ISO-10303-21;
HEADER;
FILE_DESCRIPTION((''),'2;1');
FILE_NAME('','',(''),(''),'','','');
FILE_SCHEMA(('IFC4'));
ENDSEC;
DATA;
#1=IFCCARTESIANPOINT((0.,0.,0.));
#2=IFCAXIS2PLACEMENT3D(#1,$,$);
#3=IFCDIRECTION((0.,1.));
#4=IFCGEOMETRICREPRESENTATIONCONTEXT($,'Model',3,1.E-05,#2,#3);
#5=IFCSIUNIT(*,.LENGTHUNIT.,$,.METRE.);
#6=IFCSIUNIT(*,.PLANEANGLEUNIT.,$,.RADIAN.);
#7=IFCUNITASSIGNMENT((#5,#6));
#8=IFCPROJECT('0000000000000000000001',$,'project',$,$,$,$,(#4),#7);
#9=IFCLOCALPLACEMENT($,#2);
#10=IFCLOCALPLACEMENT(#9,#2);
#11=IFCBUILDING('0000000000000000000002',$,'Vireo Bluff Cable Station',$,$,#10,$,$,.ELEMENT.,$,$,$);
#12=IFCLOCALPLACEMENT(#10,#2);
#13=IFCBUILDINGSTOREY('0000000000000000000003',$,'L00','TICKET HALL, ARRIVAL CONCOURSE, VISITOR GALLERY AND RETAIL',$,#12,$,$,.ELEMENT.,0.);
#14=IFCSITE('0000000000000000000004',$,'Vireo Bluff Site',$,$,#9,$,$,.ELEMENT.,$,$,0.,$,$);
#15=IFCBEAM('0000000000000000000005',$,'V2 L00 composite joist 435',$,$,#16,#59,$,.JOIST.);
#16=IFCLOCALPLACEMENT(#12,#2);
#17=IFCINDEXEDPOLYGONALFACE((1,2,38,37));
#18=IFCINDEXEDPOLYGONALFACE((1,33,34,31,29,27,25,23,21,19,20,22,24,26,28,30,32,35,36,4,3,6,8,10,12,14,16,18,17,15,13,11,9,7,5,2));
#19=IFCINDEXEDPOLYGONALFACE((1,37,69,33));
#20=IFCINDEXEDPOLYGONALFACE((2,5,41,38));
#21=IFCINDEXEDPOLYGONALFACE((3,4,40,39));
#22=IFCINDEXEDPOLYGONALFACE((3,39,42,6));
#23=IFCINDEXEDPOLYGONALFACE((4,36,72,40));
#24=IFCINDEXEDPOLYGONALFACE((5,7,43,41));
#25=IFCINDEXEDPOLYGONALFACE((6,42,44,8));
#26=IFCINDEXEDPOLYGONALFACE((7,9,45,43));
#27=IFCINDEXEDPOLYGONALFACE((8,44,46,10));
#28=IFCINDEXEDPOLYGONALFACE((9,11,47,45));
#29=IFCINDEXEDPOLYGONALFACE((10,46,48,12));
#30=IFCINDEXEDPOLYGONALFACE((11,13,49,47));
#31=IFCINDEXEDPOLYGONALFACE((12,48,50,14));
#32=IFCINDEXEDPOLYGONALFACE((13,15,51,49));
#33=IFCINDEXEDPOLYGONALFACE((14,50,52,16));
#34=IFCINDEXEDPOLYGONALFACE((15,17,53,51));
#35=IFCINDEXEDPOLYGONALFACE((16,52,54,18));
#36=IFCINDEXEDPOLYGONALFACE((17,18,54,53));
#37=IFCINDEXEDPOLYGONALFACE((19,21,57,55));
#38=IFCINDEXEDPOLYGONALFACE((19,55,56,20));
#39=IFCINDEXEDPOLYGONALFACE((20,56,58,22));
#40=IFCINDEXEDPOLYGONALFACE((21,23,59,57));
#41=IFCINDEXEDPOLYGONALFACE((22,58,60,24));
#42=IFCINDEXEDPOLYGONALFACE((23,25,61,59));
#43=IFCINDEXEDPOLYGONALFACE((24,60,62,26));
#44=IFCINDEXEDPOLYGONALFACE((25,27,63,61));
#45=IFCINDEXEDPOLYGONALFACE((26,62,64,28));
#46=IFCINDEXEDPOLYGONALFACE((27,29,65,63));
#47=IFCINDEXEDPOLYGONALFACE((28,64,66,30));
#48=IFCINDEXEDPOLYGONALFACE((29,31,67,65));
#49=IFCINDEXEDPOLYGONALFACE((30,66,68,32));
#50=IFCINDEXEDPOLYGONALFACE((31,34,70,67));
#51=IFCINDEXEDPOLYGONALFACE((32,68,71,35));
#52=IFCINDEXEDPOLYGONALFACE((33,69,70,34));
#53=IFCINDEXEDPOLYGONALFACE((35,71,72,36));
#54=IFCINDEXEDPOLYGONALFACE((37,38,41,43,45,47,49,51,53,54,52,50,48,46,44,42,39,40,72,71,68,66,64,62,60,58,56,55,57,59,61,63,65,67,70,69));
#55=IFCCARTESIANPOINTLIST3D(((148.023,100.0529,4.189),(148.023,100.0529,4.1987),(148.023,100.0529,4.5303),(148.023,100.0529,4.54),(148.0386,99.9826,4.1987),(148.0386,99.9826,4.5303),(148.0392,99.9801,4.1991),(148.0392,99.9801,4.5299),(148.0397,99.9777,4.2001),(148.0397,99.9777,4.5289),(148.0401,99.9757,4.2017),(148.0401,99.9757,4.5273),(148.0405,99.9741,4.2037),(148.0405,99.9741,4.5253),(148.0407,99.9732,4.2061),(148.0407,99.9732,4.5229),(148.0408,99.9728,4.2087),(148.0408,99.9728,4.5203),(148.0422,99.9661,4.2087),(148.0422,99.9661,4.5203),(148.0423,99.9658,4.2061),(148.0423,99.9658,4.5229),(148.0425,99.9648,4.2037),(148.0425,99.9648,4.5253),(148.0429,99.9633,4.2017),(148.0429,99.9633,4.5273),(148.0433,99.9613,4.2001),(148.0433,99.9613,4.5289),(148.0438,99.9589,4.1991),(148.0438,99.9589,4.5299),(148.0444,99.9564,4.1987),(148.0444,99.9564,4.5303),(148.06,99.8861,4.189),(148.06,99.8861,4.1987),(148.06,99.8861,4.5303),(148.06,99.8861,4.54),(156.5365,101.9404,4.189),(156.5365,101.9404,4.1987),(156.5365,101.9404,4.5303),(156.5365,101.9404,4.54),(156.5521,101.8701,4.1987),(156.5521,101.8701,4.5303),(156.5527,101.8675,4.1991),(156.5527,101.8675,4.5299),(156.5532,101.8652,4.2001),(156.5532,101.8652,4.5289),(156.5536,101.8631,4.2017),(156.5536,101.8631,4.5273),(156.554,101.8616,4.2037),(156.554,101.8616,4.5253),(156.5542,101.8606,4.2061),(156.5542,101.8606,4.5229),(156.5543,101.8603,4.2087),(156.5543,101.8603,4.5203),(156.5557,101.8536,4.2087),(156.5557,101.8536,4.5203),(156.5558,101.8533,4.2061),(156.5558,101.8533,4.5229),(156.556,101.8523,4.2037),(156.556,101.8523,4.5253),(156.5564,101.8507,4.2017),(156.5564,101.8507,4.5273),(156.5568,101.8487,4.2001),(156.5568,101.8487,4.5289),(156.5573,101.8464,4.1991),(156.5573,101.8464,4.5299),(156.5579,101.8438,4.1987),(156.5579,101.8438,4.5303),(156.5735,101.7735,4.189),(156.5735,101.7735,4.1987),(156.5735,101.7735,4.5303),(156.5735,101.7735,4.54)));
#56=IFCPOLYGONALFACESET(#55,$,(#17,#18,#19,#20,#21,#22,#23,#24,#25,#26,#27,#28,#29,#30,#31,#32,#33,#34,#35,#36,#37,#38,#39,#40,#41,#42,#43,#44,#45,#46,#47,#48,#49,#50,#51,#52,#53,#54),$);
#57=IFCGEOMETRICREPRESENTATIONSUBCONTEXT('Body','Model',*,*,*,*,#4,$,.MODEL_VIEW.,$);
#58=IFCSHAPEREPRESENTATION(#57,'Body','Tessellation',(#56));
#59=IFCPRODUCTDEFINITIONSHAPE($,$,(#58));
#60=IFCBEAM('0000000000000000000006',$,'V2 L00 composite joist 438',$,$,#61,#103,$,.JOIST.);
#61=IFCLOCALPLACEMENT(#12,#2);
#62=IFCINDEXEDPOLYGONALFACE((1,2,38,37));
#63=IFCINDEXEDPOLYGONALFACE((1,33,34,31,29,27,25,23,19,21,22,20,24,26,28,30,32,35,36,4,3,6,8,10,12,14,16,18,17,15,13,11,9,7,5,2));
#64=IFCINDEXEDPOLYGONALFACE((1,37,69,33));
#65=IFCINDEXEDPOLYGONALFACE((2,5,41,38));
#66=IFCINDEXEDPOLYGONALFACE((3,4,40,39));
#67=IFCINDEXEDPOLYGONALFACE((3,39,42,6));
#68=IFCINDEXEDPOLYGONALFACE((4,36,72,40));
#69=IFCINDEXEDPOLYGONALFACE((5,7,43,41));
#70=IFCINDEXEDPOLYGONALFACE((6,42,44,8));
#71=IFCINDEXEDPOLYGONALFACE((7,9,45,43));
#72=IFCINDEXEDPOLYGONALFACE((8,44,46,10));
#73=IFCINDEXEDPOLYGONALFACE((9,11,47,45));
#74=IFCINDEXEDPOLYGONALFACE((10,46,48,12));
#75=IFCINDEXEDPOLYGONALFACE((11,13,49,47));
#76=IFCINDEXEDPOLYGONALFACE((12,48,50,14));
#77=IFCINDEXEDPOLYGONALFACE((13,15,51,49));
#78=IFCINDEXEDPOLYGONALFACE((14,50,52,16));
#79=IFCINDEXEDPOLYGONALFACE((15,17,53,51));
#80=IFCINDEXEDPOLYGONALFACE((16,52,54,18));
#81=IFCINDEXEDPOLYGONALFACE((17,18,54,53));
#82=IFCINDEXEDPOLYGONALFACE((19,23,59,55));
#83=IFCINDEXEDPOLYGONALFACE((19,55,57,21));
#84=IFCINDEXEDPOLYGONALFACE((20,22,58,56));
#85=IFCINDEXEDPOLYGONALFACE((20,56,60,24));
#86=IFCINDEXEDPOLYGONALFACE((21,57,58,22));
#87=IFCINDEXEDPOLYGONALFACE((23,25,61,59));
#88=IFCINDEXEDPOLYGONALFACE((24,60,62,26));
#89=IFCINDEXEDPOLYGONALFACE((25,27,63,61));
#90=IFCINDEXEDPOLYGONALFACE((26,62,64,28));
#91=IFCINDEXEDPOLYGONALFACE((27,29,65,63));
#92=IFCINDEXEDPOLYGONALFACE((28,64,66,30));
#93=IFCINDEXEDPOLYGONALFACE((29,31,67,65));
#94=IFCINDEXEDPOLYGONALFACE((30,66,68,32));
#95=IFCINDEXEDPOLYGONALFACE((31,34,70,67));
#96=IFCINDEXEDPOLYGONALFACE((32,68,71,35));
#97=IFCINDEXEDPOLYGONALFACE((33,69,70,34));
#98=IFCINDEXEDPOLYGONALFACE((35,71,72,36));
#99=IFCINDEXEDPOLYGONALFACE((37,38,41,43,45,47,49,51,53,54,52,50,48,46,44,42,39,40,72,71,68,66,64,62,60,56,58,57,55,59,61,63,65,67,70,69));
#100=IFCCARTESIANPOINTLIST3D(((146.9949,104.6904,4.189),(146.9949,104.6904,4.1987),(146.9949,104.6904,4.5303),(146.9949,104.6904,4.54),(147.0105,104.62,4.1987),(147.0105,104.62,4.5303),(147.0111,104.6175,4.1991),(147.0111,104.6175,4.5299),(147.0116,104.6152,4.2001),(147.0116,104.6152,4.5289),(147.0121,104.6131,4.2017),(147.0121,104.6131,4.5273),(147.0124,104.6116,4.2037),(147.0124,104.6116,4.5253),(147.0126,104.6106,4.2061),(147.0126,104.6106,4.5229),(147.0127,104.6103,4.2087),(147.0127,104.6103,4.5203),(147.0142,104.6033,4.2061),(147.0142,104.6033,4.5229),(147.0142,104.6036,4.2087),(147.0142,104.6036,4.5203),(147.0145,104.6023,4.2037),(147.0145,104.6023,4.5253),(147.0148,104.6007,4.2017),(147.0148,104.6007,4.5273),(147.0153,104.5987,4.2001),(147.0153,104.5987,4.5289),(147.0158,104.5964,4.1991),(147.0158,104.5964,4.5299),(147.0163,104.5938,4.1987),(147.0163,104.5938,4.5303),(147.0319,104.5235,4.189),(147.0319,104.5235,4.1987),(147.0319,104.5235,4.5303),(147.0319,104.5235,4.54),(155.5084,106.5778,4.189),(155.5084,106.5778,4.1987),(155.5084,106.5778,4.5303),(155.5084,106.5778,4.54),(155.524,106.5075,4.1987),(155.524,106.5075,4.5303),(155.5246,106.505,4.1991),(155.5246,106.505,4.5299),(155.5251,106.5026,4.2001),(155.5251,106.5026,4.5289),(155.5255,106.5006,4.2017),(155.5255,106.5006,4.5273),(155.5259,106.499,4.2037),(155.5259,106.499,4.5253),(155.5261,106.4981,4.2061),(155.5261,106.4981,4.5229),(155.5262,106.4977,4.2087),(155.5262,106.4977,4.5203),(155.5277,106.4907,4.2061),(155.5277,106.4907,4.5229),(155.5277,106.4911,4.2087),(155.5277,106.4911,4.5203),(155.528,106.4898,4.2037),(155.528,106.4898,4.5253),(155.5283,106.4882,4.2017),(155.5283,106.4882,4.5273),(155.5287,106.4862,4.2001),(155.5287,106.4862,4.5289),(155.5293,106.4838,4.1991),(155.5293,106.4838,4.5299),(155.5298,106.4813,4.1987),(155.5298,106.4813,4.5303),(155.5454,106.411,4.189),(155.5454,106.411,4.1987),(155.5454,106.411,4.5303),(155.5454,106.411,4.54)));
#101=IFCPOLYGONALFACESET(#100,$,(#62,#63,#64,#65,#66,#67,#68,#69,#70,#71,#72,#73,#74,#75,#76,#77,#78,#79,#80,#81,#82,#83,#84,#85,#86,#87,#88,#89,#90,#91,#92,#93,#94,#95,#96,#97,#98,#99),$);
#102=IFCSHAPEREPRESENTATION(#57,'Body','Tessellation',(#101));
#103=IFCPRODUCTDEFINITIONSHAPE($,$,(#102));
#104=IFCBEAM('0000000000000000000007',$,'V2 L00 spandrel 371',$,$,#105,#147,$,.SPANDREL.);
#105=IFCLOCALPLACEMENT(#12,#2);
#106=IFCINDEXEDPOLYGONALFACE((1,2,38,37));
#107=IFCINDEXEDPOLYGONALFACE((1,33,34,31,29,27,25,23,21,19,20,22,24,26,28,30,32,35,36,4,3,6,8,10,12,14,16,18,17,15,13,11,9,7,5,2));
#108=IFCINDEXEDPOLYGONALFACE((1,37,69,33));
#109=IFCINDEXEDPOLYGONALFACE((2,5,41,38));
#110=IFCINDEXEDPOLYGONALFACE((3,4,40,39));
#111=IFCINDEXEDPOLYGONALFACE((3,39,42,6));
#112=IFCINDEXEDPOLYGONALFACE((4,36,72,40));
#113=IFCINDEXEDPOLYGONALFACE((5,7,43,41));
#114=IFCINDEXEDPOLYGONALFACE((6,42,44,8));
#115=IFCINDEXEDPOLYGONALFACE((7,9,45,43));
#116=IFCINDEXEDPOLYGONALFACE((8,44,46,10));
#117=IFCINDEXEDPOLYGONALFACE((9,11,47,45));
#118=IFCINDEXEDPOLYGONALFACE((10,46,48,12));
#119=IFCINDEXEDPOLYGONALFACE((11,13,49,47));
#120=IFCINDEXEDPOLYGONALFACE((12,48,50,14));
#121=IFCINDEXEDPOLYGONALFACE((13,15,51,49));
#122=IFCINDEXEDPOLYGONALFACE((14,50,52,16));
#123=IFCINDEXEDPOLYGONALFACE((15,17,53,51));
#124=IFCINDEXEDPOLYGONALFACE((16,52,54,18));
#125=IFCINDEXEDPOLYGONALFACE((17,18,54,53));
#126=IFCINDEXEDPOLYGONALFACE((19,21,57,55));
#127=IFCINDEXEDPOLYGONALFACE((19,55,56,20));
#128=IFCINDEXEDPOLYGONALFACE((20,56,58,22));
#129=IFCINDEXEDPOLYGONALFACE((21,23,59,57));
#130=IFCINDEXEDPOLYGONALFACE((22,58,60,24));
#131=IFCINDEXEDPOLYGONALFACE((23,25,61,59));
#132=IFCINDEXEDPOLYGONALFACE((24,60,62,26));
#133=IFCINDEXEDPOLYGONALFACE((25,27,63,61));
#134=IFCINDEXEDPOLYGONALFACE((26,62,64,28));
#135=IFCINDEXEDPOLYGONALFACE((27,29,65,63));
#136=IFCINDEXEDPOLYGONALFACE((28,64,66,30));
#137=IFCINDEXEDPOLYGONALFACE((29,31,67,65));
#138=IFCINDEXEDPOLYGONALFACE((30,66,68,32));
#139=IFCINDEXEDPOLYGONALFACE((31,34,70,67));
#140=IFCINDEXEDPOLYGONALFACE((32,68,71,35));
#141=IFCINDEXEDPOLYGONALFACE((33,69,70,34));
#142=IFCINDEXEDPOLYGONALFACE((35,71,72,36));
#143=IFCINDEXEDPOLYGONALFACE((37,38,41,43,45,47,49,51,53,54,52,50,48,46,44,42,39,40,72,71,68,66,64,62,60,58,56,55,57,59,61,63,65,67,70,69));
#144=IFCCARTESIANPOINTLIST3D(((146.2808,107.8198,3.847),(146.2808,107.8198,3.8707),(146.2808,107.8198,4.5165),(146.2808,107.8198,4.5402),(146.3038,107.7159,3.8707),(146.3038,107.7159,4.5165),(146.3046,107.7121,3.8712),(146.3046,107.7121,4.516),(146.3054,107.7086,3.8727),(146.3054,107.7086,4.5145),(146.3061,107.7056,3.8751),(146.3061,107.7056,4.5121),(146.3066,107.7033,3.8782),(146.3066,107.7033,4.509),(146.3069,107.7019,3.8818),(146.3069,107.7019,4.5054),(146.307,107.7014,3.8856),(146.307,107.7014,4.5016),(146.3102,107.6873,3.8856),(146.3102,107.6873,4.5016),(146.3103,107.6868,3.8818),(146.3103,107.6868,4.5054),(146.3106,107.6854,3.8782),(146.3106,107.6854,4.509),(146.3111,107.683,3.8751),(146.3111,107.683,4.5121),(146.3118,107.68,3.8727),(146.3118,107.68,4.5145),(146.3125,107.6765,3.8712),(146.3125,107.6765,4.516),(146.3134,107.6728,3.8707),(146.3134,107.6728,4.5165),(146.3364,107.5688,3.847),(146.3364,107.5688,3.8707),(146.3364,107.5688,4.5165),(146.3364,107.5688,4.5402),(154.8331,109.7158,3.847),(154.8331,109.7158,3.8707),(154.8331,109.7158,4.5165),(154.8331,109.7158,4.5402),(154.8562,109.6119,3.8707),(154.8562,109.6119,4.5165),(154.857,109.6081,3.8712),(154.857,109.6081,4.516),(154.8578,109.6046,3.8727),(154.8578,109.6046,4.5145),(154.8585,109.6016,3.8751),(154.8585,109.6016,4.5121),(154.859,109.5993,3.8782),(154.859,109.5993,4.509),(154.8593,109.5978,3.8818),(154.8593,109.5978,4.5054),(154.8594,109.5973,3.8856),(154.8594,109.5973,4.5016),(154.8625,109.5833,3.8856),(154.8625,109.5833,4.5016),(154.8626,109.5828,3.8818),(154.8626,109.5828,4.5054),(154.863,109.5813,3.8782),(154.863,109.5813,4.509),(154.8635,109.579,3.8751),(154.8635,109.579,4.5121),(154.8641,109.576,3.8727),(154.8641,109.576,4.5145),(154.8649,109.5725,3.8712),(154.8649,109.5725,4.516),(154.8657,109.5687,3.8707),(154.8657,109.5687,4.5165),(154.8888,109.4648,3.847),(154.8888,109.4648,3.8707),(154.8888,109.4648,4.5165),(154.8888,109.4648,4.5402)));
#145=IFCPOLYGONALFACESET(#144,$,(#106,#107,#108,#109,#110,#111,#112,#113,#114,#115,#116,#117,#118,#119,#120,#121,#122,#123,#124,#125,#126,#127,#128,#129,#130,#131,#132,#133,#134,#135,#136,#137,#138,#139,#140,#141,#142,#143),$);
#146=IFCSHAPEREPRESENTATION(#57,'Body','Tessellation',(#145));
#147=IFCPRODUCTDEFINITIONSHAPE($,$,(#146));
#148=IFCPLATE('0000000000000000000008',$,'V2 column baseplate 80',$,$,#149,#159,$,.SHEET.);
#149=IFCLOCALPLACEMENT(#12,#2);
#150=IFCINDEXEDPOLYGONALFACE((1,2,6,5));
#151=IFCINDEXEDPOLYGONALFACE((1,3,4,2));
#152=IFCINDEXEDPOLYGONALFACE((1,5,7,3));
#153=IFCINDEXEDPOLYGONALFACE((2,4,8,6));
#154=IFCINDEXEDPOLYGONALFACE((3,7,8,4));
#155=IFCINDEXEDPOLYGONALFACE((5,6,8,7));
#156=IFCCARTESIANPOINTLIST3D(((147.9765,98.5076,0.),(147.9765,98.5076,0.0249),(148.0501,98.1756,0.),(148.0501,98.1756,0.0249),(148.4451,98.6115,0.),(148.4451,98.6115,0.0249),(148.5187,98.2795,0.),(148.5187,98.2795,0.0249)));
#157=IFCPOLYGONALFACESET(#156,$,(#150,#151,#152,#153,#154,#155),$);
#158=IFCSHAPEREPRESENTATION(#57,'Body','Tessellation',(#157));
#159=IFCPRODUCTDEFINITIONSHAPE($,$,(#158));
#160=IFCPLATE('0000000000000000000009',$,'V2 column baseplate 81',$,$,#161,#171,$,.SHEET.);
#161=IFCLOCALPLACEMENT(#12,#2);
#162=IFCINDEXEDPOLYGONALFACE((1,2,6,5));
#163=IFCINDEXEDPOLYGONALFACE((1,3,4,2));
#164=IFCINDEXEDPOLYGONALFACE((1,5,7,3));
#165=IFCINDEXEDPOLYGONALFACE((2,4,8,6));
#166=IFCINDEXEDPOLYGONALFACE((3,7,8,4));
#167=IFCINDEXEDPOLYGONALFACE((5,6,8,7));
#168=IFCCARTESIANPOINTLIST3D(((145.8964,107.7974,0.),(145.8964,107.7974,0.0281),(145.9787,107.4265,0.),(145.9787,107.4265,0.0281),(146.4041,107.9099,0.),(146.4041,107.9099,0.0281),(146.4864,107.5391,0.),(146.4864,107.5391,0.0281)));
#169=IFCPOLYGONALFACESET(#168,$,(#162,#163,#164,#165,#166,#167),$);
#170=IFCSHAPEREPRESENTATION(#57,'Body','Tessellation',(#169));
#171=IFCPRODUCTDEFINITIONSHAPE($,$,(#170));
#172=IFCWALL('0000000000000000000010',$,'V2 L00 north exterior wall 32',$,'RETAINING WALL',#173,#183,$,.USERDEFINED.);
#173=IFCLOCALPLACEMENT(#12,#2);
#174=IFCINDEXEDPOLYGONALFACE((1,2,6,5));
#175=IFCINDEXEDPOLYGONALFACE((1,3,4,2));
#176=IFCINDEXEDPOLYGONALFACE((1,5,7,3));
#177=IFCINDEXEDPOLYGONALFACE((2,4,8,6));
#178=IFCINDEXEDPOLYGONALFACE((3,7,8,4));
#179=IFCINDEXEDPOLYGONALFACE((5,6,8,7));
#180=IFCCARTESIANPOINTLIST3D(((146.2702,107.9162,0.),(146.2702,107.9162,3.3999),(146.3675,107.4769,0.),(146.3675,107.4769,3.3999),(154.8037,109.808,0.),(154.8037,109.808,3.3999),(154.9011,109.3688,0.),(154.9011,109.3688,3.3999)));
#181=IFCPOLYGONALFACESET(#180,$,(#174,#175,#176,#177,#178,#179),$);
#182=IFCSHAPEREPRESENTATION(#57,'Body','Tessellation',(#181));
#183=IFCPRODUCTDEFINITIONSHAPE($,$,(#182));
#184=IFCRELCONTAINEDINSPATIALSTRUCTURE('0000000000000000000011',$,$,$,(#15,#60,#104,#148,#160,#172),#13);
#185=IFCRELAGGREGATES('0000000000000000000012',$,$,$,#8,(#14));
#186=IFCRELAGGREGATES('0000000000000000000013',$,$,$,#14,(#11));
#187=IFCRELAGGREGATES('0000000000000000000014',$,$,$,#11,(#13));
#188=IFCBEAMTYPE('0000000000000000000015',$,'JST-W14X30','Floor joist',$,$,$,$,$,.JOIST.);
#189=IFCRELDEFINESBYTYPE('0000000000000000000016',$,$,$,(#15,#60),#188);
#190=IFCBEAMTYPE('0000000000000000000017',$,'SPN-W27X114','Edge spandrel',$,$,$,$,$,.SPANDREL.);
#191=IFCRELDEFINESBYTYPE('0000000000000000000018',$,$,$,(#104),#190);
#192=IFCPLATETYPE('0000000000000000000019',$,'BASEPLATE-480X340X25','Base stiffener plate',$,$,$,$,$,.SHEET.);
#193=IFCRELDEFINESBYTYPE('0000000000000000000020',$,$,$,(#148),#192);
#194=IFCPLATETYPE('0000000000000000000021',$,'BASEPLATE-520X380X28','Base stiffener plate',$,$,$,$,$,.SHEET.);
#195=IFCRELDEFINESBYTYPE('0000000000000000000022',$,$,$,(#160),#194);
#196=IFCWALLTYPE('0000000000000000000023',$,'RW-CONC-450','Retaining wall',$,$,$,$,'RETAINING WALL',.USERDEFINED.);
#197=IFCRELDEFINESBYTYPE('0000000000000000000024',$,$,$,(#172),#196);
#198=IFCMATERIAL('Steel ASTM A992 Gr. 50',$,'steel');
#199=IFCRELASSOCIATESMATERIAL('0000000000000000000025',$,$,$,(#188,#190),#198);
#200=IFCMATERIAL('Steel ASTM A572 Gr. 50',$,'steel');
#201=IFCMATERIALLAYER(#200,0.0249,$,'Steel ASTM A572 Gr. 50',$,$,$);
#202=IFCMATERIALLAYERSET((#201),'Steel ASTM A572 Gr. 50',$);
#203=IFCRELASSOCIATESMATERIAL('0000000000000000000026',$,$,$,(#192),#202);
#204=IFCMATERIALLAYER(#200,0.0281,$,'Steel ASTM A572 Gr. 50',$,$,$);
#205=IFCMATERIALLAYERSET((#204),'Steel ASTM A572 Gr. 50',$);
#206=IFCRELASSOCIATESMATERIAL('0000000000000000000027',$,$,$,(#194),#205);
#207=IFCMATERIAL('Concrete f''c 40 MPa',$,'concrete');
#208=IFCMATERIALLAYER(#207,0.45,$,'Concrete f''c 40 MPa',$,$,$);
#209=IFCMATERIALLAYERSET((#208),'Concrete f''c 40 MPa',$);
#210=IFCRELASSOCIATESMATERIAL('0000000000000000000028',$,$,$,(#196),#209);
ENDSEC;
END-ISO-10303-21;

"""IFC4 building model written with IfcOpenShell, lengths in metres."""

from ifc_helpers import new_model, si_unit, direction, frame, frame_2d, origin, origin_2d, place, context, subcontext, project, spatial, rectangle, i_section, extrude, material, layer, layer_set, material_profile, profile_set, type_object, element, save


model = new_model("IFC4")

# Units and contexts
model_context = context("Model", 3, precision=1e-05, world=origin(), true_north=direction((0.0, 1.0)))
body_context = subcontext(model_context, "Body", "Model", "MODEL_VIEW")
ifc_project = project(units=[si_unit("LENGTHUNIT", "METRE"), si_unit("PLANEANGLEUNIT", "RADIAN")], contexts=[model_context])

# Site, building, storey
site_placement = place(None, origin())
site = spatial("IfcSite", under=ifc_project, at=site_placement, Name="Vireo Bluff Site", CompositionType="ELEMENT", RefElevation=0.0)
building_placement = place(site_placement, origin())
building = spatial("IfcBuilding", under=site, at=building_placement, Name="Vireo Bluff Cable Station", CompositionType="ELEMENT")
storey_placement = place(building_placement, origin())
storey = spatial("IfcBuildingStorey", under=building, at=storey_placement, Name="L00", Description="TICKET HALL, ARRIVAL CONCOURSE, VISITOR GALLERY AND RETAIL", CompositionType="ELEMENT", Elevation=0.0)

# Shared definitions
ifc_material_1 = material(Name="Concrete f'c 40 MPa", Category="concrete")

# Shared definitions
ifc_material_2 = material(Name="Steel ASTM A992 Gr. 50", Category="steel")

# Beams
ifc_material_profile_1 = material_profile(ifc_material_2, i_section(OverallWidth=0.1709, OverallDepth=0.3511, WebThickness=0.0068, FlangeThickness=0.0098, FilletRadius=0.01, at=origin_2d()), Name="W14X30")
ifc_profile_set_1 = profile_set([ifc_material_profile_1], Name="Steel ASTM A992 Gr. 50")
beam_type_1 = type_object("IfcBeamType", Name="JST-W14X30", Description="Floor joist", PredefinedType="JOIST", material=ifc_profile_set_1)
for number, where, z_axis, x_axis, name in (
    (1, (148.0415, 99.9695, 4.3645), (0.976294, 0.216447, 0.0), (-0.216447, 0.976294, 0.0), "V2 L00 composite joist 435"),
    (2, (147.0134, 104.6069, 4.3645), (0.976294, 0.216447, 0.0), (-0.216447, 0.976294, 0.0), "V2 L00 composite joist 438"),
):
    element("IfcBeam", number, at=place(storey_placement, frame(where, z_axis=z_axis, x_axis=x_axis)), inside=storey, type_object=beam_type_1, Name=name, PredefinedType="JOIST", context=body_context, shape_type="SweptSolid", body=[
        extrude(i_section(OverallWidth=0.1709, OverallDepth=0.3511, WebThickness=0.0068, FlangeThickness=0.0098, FilletRadius=0.01, at=origin_2d()), origin(), (0.0, 0.0, 1.0), 8.7202),
    ])
ifc_material_profile_2 = material_profile(ifc_material_2, i_section(OverallWidth=0.2571, OverallDepth=0.6931, WebThickness=0.0144, FlangeThickness=0.0237, FilletRadius=0.0149, at=origin_2d()), Name="W27X114")
ifc_profile_set_2 = profile_set([ifc_material_profile_2], Name="Steel ASTM A992 Gr. 50")
beam_type_2 = type_object("IfcBeamType", Name="SPN-W27X114", Description="Edge spandrel", PredefinedType="SPANDREL", material=ifc_profile_set_2)
beam_1_placement = place(storey_placement, frame((146.3086, 107.6943, 4.1936), z_axis=(0.976297, 0.216435, 0.0), x_axis=(-0.216435, 0.976297, 0.0)))
element("IfcBeam", 3, at=beam_1_placement, inside=storey, type_object=beam_type_2, Name="V2 L00 spandrel 371", PredefinedType="SPANDREL", context=body_context, shape_type="SweptSolid", body=[
    extrude(i_section(OverallWidth=0.2571, OverallDepth=0.6931, WebThickness=0.0144, FlangeThickness=0.0237, FilletRadius=0.0149, at=origin_2d()), origin(), (0.0, 0.0, 1.0), 8.76),
])

# Plates
ifc_material_3 = material(Name="Steel ASTM A572 Gr. 50", Category="steel")
ifc_layer_1 = layer(ifc_material_3, 0.0249, Name="Steel ASTM A572 Gr. 50")
ifc_layer_set_1 = layer_set([ifc_layer_1], Name="Steel ASTM A572 Gr. 50")
plate_type_1 = type_object("IfcPlateType", Name="BASEPLATE-480X340X25", Description="Base stiffener plate", PredefinedType="SHEET", material=ifc_layer_set_1)
plate_1_placement = place(storey_placement, frame((148.2476, 98.3936, 0.0), z_axis=(0.0, 0.0, 1.0), x_axis=(0.976296, 0.21644, 0.0)))
element("IfcPlate", 4, at=plate_1_placement, inside=storey, type_object=plate_type_1, Name="V2 column baseplate 80", PredefinedType="SHEET", context=body_context, shape_type="SweptSolid", body=[
    extrude(rectangle(XDim=0.48, YDim=0.3401, at=origin_2d()), origin(), (0.0, 0.0, 1.0), 0.0249),
])
ifc_layer_2 = layer(ifc_material_3, 0.0281, Name="Steel ASTM A572 Gr. 50")
ifc_layer_set_2 = layer_set([ifc_layer_2], Name="Steel ASTM A572 Gr. 50")
plate_type_2 = type_object("IfcPlateType", Name="BASEPLATE-520X380X28", Description="Base stiffener plate", PredefinedType="SHEET", material=ifc_layer_set_2)
plate_2_placement = place(storey_placement, frame((146.1914, 107.6682, 0.0), z_axis=(0.0, 0.0, 1.0), x_axis=(0.976296, 0.21644, 0.0)))
element("IfcPlate", 5, at=plate_2_placement, inside=storey, type_object=plate_type_2, Name="V2 column baseplate 81", PredefinedType="SHEET", context=body_context, shape_type="SweptSolid", body=[
    extrude(rectangle(XDim=0.52, YDim=0.3799, at=origin_2d()), origin(), (0.0, 0.0, 1.0), 0.0281),
])

# Wall
ifc_layer_3 = layer(ifc_material_1, 0.45, Name="Concrete f'c 40 MPa")
ifc_layer_set_3 = layer_set([ifc_layer_3], Name="Concrete f'c 40 MPa")
wall_type = type_object("IfcWallType", Name="RW-CONC-450", Description="Retaining wall", ElementType="RETAINING WALL", PredefinedType="USERDEFINED", material=ifc_layer_set_3)
wall_placement = place(storey_placement, frame((146.3188, 107.6965, 0.0), z_axis=(0.0, 0.0, 1.0), x_axis=(0.976295, 0.216442, 0.0)))
element("IfcWall", 6, at=wall_placement, inside=storey, type_object=wall_type, Name="V2 L00 north exterior wall 32", ObjectType="RETAINING WALL", PredefinedType="USERDEFINED", context=body_context, shape_type="SweptSolid", body=[
    extrude(rectangle(XDim=8.7407, YDim=0.45, at=frame_2d((4.3704, 0.0))), origin(), (0.0, 0.0, 1.0), 3.3999),
])

save(model, "model.ifc")
